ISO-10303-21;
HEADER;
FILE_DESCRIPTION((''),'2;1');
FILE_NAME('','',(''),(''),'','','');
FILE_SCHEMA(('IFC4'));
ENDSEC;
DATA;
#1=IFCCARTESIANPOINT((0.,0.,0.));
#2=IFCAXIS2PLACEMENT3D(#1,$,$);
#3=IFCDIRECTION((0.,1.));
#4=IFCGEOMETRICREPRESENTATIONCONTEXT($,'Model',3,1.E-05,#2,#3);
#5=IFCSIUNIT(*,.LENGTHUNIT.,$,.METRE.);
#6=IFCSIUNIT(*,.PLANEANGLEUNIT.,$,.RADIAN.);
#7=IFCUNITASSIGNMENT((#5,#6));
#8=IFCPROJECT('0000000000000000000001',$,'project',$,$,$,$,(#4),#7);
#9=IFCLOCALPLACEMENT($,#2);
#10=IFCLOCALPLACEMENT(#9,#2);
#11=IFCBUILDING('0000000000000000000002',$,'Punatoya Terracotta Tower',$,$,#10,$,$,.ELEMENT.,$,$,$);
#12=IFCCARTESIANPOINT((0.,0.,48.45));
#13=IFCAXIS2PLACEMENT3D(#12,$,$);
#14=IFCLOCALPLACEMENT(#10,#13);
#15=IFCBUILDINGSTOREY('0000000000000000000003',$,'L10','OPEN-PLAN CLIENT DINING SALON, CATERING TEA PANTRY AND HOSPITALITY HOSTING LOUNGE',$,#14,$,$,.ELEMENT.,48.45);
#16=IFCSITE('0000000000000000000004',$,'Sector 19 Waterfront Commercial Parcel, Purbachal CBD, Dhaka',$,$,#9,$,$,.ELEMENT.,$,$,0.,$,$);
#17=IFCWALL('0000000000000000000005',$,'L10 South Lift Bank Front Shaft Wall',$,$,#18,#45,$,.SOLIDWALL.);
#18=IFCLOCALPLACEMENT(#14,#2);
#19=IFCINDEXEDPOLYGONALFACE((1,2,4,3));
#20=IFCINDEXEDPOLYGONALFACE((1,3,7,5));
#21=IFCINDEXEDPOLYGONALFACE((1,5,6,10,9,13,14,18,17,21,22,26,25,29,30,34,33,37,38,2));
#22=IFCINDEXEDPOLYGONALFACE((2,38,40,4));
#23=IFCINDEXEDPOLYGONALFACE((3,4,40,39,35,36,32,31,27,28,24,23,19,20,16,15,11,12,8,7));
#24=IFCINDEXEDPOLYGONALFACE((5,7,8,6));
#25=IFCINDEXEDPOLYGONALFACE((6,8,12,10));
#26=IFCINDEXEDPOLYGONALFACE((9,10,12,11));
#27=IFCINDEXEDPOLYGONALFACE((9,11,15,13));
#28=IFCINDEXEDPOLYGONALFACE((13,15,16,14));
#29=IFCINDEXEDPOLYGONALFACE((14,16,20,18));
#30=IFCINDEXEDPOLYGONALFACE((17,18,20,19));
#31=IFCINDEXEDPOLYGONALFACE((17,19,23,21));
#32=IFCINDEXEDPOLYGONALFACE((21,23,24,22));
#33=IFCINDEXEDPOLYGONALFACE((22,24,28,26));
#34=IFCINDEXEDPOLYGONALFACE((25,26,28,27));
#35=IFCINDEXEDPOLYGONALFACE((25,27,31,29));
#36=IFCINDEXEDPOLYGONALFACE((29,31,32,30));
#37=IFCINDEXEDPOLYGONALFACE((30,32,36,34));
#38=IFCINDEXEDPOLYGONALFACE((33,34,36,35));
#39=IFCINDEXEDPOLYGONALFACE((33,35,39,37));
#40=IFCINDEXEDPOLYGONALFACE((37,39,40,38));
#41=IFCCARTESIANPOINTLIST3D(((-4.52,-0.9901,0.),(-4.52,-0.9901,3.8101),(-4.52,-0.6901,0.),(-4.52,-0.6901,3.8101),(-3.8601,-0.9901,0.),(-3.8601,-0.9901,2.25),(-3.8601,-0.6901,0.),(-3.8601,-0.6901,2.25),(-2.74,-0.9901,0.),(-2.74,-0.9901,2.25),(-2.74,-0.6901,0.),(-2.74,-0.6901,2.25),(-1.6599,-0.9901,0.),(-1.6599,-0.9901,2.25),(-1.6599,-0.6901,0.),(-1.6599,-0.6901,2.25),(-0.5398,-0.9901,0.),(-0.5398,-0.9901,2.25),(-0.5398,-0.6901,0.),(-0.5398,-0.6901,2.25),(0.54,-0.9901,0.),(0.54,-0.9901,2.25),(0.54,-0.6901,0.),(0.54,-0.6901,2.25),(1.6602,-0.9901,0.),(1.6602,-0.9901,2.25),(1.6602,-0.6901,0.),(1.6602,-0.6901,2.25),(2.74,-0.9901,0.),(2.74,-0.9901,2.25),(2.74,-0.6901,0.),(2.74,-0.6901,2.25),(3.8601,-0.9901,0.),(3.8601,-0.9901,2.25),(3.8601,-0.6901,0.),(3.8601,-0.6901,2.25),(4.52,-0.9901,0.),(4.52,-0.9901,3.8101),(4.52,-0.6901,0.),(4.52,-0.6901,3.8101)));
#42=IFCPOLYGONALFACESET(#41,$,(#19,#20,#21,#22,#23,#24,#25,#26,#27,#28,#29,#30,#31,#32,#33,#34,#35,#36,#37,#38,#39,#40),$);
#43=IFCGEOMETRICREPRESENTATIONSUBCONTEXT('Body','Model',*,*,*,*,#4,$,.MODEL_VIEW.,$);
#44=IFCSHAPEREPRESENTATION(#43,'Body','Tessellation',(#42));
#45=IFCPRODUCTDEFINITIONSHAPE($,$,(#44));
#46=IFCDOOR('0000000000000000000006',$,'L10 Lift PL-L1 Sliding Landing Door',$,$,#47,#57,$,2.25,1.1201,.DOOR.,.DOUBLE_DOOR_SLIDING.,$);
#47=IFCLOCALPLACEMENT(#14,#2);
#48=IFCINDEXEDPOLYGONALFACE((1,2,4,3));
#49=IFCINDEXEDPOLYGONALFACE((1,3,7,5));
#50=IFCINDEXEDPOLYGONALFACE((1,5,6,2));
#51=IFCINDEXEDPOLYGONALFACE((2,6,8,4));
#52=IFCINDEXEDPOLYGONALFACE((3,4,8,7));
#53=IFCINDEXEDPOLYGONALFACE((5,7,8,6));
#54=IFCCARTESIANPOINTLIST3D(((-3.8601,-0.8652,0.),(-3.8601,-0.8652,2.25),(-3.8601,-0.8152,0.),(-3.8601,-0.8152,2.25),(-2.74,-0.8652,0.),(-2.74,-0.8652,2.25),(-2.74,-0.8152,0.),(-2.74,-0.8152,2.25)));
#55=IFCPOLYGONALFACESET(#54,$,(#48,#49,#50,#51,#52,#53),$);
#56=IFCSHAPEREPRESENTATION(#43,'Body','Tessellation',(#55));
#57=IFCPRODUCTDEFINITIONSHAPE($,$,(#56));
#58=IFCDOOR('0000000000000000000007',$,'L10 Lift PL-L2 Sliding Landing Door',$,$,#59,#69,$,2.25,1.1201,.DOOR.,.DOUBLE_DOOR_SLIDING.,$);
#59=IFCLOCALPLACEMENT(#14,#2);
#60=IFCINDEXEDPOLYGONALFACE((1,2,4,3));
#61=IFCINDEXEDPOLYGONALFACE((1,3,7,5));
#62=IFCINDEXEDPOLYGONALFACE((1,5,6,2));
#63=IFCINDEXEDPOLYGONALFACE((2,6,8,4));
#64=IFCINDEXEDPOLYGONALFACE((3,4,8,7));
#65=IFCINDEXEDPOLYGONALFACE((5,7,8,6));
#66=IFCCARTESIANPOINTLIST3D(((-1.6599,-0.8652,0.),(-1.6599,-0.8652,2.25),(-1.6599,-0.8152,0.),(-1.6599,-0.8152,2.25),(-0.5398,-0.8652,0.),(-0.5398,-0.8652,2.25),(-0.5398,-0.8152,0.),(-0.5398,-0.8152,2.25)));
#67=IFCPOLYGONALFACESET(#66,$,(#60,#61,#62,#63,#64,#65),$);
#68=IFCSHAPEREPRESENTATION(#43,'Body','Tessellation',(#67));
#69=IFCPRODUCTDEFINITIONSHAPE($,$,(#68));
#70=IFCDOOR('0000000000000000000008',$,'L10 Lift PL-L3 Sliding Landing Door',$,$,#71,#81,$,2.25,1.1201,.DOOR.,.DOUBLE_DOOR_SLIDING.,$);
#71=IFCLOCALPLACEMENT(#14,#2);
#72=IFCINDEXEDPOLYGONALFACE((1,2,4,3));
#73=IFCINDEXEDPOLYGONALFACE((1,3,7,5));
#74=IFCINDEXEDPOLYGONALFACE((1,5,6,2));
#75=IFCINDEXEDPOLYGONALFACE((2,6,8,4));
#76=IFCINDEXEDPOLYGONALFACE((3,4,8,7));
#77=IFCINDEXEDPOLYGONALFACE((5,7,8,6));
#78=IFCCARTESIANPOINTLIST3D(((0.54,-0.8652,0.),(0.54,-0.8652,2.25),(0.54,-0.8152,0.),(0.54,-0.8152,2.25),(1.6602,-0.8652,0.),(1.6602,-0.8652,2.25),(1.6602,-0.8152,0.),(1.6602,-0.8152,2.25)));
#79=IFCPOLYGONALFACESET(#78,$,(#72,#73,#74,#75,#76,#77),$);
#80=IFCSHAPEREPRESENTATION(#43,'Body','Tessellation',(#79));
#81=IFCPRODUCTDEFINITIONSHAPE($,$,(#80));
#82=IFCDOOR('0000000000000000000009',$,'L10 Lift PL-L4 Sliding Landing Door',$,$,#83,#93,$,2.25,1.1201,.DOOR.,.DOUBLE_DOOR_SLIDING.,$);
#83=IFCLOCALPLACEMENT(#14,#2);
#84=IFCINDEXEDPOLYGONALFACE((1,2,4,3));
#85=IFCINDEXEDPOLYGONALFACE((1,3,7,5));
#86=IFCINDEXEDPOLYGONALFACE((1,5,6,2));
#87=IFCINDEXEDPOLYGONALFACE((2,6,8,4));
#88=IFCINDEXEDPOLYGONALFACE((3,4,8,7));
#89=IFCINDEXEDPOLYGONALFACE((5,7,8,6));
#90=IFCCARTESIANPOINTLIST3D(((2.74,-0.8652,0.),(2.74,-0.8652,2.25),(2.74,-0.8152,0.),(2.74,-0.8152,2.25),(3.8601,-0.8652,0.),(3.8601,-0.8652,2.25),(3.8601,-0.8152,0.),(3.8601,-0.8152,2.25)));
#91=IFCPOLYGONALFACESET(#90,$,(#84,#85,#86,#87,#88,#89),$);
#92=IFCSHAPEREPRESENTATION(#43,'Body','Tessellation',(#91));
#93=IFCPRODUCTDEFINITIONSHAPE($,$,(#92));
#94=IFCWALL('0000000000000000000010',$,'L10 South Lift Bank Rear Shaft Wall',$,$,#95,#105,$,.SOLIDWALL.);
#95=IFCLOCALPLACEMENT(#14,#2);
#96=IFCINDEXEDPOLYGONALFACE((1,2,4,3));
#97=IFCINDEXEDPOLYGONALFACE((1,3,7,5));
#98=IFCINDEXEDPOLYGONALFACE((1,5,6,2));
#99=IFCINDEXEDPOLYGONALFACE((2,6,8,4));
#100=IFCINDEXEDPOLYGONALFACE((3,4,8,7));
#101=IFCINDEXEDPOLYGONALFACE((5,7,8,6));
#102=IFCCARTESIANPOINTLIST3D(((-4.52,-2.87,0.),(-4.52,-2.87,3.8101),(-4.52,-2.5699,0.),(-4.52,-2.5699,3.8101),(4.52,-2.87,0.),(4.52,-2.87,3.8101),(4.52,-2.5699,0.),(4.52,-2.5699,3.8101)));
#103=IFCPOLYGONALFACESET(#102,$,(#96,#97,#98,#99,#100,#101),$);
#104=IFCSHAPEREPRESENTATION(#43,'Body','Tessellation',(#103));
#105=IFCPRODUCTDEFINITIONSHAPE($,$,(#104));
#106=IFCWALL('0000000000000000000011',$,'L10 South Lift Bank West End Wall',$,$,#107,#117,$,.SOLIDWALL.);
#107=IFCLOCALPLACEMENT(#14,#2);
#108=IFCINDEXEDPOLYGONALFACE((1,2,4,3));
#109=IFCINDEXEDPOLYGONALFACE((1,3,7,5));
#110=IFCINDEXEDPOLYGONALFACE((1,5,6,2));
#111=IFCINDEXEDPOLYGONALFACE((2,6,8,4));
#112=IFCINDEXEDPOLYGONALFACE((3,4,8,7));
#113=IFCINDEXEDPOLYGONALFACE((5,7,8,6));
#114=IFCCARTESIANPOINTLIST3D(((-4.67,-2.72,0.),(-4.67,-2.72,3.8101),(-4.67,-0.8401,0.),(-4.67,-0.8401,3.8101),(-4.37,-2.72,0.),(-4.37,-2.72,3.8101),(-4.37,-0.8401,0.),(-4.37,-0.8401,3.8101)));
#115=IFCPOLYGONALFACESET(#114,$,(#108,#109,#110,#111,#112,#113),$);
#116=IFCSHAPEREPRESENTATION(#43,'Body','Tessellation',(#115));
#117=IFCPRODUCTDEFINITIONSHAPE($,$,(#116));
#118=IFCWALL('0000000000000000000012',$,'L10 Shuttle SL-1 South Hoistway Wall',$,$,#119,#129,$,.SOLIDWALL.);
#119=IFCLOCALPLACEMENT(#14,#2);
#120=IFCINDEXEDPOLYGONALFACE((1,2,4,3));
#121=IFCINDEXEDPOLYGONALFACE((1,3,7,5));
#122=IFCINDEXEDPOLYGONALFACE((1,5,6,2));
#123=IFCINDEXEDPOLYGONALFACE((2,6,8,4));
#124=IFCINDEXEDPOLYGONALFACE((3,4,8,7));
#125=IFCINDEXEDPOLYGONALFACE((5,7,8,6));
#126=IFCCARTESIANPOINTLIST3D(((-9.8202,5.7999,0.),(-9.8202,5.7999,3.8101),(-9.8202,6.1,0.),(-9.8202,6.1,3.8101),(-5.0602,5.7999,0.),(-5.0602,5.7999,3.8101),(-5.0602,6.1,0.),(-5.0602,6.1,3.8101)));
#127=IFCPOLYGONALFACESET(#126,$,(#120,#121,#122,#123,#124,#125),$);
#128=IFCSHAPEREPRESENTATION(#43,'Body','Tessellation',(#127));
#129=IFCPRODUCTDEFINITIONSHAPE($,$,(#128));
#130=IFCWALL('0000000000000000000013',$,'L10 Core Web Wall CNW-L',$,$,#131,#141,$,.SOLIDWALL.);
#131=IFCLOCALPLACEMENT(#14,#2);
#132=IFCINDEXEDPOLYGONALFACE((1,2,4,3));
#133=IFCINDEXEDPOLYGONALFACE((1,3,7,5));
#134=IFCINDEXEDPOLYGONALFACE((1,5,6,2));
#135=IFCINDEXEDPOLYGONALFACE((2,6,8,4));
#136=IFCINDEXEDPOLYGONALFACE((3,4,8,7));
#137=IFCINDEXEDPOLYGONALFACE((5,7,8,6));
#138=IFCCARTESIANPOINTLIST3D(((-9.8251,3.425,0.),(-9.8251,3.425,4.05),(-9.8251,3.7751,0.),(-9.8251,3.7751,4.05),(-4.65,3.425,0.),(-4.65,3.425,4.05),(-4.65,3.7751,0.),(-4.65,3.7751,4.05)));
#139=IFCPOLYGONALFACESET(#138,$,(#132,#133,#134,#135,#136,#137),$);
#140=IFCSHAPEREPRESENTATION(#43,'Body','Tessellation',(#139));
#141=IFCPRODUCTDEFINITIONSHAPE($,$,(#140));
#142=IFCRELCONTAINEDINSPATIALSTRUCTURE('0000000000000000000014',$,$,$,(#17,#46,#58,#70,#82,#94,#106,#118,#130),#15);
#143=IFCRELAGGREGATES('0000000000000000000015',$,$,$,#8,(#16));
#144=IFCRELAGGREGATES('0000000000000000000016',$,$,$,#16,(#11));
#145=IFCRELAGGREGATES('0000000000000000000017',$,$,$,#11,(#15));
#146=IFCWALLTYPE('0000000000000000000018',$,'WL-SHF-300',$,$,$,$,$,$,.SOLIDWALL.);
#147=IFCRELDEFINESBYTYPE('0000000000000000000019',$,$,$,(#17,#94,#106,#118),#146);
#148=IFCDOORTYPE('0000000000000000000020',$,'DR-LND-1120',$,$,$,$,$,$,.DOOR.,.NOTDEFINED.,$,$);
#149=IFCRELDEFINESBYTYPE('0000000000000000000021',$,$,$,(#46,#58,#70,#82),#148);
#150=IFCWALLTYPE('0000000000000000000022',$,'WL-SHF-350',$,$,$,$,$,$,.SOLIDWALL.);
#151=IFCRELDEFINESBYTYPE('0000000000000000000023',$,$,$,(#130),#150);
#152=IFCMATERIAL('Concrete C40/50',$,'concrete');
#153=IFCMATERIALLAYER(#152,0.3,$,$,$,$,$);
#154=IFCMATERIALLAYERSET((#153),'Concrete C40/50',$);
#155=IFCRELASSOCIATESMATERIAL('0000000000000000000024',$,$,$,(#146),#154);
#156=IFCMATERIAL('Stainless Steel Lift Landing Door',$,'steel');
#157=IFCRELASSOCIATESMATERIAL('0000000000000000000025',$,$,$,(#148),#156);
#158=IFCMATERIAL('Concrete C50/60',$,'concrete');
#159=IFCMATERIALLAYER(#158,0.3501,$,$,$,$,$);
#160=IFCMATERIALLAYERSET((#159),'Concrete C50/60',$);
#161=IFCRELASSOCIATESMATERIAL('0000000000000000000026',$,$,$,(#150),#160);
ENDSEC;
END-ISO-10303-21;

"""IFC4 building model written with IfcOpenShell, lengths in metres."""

from ifc_helpers import new_model, si_unit, direction, frame, frame_2d, origin, place, context, subcontext, project, spatial, rectangle, extrude, material, layer, layer_set, type_object, element, fill, save


model = new_model("IFC4")

# Units and contexts
model_context = context("Model", 3, precision=1e-05, world=origin(), true_north=direction((0.0, 1.0)))
body_context = subcontext(model_context, "Body", "Model", "MODEL_VIEW")
ifc_project = project(units=[si_unit("LENGTHUNIT", "METRE"), si_unit("PLANEANGLEUNIT", "RADIAN")], contexts=[model_context])

# Site, building, storey
site_placement = place(None, origin())
site = spatial("IfcSite", under=ifc_project, at=site_placement, Name="Sector 19 Waterfront Commercial Parcel, Purbachal CBD, Dhaka", CompositionType="ELEMENT", RefElevation=0.0)
building_placement = place(site_placement, origin())
building = spatial("IfcBuilding", under=site, at=building_placement, Name="Punatoya Terracotta Tower", CompositionType="ELEMENT")
storey_placement = place(building_placement, frame((0.0, 0.0, 48.45)))
storey = spatial("IfcBuildingStorey", under=building, at=storey_placement, Name="L10", Description="OPEN-PLAN CLIENT DINING SALON, CATERING TEA PANTRY AND HOSPITALITY HOSTING LOUNGE", CompositionType="ELEMENT", Elevation=48.45)

# Shared definitions
ifc_material_1 = material(Name="Concrete C40/50", Category="concrete")
ifc_layer_1 = layer(ifc_material_1, 0.3)
ifc_layer_set_1 = layer_set([ifc_layer_1], Name="Concrete C40/50")
wall_type_1 = type_object("IfcWallType", Name="WL-SHF-300", PredefinedType="SOLIDWALL", material=ifc_layer_set_1)

# Wall, openings, doors
wall_1_placement = place(storey_placement, frame((-4.52, -0.8401, 0.0), z_axis=(0.0, 0.0, 1.0), x_axis=(1.0, 0.0, 0.0)))
wall_1 = element("IfcWall", 1, at=wall_1_placement, inside=storey, type_object=wall_type_1, Name="L10 South Lift Bank Front Shaft Wall", PredefinedType="SOLIDWALL", context=body_context, shape_type="SweptSolid", body=[
    extrude(rectangle(XDim=9.04, YDim=0.3, at=frame_2d((4.52, 0.0))), origin(), (0.0, 0.0, 1.0), 3.8101),
])
opening_1_placement = place(wall_1_placement, frame((0.6599, 0.0, 0.0)))
opening_1 = element("IfcOpeningElement", 2, at=opening_1_placement, cuts=wall_1, PredefinedType="OPENING", context=body_context, shape_type="SweptSolid", body=[
    extrude(rectangle(XDim=1.1201, YDim=2.25, at=frame_2d((0.5601, 1.125))), frame((0.0, 0.1599, 0.0), z_axis=(0.0, -1.0, 0.0), x_axis=(1.0, 0.0, 0.0)), (0.0, 0.0, 1.0), 0.3201),
])
opening_2_placement = place(wall_1_placement, frame((2.8601, 0.0, 0.0)))
opening_2 = element("IfcOpeningElement", 3, at=opening_2_placement, cuts=wall_1, PredefinedType="OPENING", context=body_context, shape_type="SweptSolid", body=[
    extrude(rectangle(XDim=1.1201, YDim=2.25, at=frame_2d((0.5601, 1.125))), frame((0.0, 0.1599, 0.0), z_axis=(0.0, -1.0, 0.0), x_axis=(1.0, 0.0, 0.0)), (0.0, 0.0, 1.0), 0.3201),
])
opening_3_placement = place(wall_1_placement, frame((5.0601, 0.0, 0.0)))
opening_3 = element("IfcOpeningElement", 4, at=opening_3_placement, cuts=wall_1, PredefinedType="OPENING", context=body_context, shape_type="SweptSolid", body=[
    extrude(rectangle(XDim=1.1201, YDim=2.25, at=frame_2d((0.5601, 1.125))), frame((0.0, 0.1599, 0.0), z_axis=(0.0, -1.0, 0.0), x_axis=(1.0, 0.0, 0.0)), (0.0, 0.0, 1.0), 0.3201),
])
opening_4_placement = place(wall_1_placement, frame((7.26, 0.0, 0.0)))
opening_4 = element("IfcOpeningElement", 5, at=opening_4_placement, cuts=wall_1, PredefinedType="OPENING", context=body_context, shape_type="SweptSolid", body=[
    extrude(rectangle(XDim=1.1201, YDim=2.25, at=frame_2d((0.5601, 1.125))), frame((0.0, 0.1599, 0.0), z_axis=(0.0, -1.0, 0.0), x_axis=(1.0, 0.0, 0.0)), (0.0, 0.0, 1.0), 0.3201),
])
ifc_material_2 = material(Name="Stainless Steel Lift Landing Door", Category="steel")
door_type_1 = type_object("IfcDoorType", Name="DR-LND-1120", OperationType="NOTDEFINED", PredefinedType="DOOR", material=ifc_material_2)
door_1_placement = place(opening_1_placement, origin())
door_1 = element("IfcDoor", 6, at=door_1_placement, inside=storey, type_object=door_type_1, Name="L10 Lift PL-L1 Sliding Landing Door", OperationType="DOUBLE_DOOR_SLIDING", OverallHeight=2.25, OverallWidth=1.1201, PredefinedType="DOOR", context=body_context, shape_type="SweptSolid", body=[
    extrude(rectangle(XDim=1.1201, YDim=2.25, at=frame_2d((0.5601, 1.125))), frame((0.0, 0.0249, 0.0), z_axis=(0.0, -1.0, 0.0), x_axis=(1.0, 0.0, 0.0)), (0.0, 0.0, 1.0), 0.05),
])
fill(opening_1, door_1)
door_2_placement = place(opening_2_placement, origin())
door_2 = element("IfcDoor", 7, at=door_2_placement, inside=storey, type_object=door_type_1, Name="L10 Lift PL-L2 Sliding Landing Door", OperationType="DOUBLE_DOOR_SLIDING", OverallHeight=2.25, OverallWidth=1.1201, PredefinedType="DOOR", context=body_context, shape_type="SweptSolid", body=[
    extrude(rectangle(XDim=1.1201, YDim=2.25, at=frame_2d((0.5601, 1.125))), frame((0.0, 0.0249, 0.0), z_axis=(0.0, -1.0, 0.0), x_axis=(1.0, 0.0, 0.0)), (0.0, 0.0, 1.0), 0.05),
])
fill(opening_2, door_2)
door_3_placement = place(opening_3_placement, origin())
door_3 = element("IfcDoor", 8, at=door_3_placement, inside=storey, type_object=door_type_1, Name="L10 Lift PL-L3 Sliding Landing Door", OperationType="DOUBLE_DOOR_SLIDING", OverallHeight=2.25, OverallWidth=1.1201, PredefinedType="DOOR", context=body_context, shape_type="SweptSolid", body=[
    extrude(rectangle(XDim=1.1201, YDim=2.25, at=frame_2d((0.5601, 1.125))), frame((0.0, 0.0249, 0.0), z_axis=(0.0, -1.0, 0.0), x_axis=(1.0, 0.0, 0.0)), (0.0, 0.0, 1.0), 0.05),
])
fill(opening_3, door_3)
door_4_placement = place(opening_4_placement, origin())
door_4 = element("IfcDoor", 9, at=door_4_placement, inside=storey, type_object=door_type_1, Name="L10 Lift PL-L4 Sliding Landing Door", OperationType="DOUBLE_DOOR_SLIDING", OverallHeight=2.25, OverallWidth=1.1201, PredefinedType="DOOR", context=body_context, shape_type="SweptSolid", body=[
    extrude(rectangle(XDim=1.1201, YDim=2.25, at=frame_2d((0.5601, 1.125))), frame((0.0, 0.0249, 0.0), z_axis=(0.0, -1.0, 0.0), x_axis=(1.0, 0.0, 0.0)), (0.0, 0.0, 1.0), 0.05),
])
fill(opening_4, door_4)

# Walls
wall_2_placement = place(storey_placement, frame((-4.52, -2.72, 0.0), z_axis=(0.0, 0.0, 1.0), x_axis=(1.0, 0.0, 0.0)))
element("IfcWall", 10, at=wall_2_placement, inside=storey, type_object=wall_type_1, Name="L10 South Lift Bank Rear Shaft Wall", PredefinedType="SOLIDWALL", context=body_context, shape_type="SweptSolid", body=[
    extrude(rectangle(XDim=9.04, YDim=0.3, at=frame_2d((4.52, 0.0))), origin(), (0.0, 0.0, 1.0), 3.8101),
])
wall_3_placement = place(storey_placement, frame((-4.52, -2.72, 0.0), z_axis=(0.0, 0.0, 1.0), x_axis=(0.0, 1.0, 0.0)))
element("IfcWall", 11, at=wall_3_placement, inside=storey, type_object=wall_type_1, Name="L10 South Lift Bank West End Wall", PredefinedType="SOLIDWALL", context=body_context, shape_type="SweptSolid", body=[
    extrude(rectangle(XDim=1.8799, YDim=0.3, at=frame_2d((0.9399, 0.0))), origin(), (0.0, 0.0, 1.0), 3.8101),
])
wall_4_placement = place(storey_placement, frame((-9.8201, 5.95, 0.0), z_axis=(0.0, 0.0, 1.0), x_axis=(1.0, 0.0, 0.0)))
element("IfcWall", 12, at=wall_4_placement, inside=storey, type_object=wall_type_1, Name="L10 Shuttle SL-1 South Hoistway Wall", PredefinedType="SOLIDWALL", context=body_context, shape_type="SweptSolid", body=[
    extrude(rectangle(XDim=4.76, YDim=0.3, at=frame_2d((2.3799, 0.0))), origin(), (0.0, 0.0, 1.0), 3.8101),
])
ifc_material_3 = material(Name="Concrete C50/60", Category="concrete")
ifc_layer_2 = layer(ifc_material_3, 0.3501)
ifc_layer_set_2 = layer_set([ifc_layer_2], Name="Concrete C50/60")
wall_type_2 = type_object("IfcWallType", Name="WL-SHF-350", PredefinedType="SOLIDWALL", material=ifc_layer_set_2)
wall_5_placement = place(storey_placement, frame((-9.825, 3.6001, 0.0), z_axis=(0.0, 0.0, 1.0), x_axis=(1.0, 0.0, 0.0)))
element("IfcWall", 13, at=wall_5_placement, inside=storey, type_object=wall_type_2, Name="L10 Core Web Wall CNW-L", PredefinedType="SOLIDWALL", context=body_context, shape_type="SweptSolid", body=[
    extrude(rectangle(XDim=5.175, YDim=0.3501, at=frame_2d((2.5874, 0.0))), origin(), (0.0, 0.0, 1.0), 4.05),
])

save(model, "model.ifc")
